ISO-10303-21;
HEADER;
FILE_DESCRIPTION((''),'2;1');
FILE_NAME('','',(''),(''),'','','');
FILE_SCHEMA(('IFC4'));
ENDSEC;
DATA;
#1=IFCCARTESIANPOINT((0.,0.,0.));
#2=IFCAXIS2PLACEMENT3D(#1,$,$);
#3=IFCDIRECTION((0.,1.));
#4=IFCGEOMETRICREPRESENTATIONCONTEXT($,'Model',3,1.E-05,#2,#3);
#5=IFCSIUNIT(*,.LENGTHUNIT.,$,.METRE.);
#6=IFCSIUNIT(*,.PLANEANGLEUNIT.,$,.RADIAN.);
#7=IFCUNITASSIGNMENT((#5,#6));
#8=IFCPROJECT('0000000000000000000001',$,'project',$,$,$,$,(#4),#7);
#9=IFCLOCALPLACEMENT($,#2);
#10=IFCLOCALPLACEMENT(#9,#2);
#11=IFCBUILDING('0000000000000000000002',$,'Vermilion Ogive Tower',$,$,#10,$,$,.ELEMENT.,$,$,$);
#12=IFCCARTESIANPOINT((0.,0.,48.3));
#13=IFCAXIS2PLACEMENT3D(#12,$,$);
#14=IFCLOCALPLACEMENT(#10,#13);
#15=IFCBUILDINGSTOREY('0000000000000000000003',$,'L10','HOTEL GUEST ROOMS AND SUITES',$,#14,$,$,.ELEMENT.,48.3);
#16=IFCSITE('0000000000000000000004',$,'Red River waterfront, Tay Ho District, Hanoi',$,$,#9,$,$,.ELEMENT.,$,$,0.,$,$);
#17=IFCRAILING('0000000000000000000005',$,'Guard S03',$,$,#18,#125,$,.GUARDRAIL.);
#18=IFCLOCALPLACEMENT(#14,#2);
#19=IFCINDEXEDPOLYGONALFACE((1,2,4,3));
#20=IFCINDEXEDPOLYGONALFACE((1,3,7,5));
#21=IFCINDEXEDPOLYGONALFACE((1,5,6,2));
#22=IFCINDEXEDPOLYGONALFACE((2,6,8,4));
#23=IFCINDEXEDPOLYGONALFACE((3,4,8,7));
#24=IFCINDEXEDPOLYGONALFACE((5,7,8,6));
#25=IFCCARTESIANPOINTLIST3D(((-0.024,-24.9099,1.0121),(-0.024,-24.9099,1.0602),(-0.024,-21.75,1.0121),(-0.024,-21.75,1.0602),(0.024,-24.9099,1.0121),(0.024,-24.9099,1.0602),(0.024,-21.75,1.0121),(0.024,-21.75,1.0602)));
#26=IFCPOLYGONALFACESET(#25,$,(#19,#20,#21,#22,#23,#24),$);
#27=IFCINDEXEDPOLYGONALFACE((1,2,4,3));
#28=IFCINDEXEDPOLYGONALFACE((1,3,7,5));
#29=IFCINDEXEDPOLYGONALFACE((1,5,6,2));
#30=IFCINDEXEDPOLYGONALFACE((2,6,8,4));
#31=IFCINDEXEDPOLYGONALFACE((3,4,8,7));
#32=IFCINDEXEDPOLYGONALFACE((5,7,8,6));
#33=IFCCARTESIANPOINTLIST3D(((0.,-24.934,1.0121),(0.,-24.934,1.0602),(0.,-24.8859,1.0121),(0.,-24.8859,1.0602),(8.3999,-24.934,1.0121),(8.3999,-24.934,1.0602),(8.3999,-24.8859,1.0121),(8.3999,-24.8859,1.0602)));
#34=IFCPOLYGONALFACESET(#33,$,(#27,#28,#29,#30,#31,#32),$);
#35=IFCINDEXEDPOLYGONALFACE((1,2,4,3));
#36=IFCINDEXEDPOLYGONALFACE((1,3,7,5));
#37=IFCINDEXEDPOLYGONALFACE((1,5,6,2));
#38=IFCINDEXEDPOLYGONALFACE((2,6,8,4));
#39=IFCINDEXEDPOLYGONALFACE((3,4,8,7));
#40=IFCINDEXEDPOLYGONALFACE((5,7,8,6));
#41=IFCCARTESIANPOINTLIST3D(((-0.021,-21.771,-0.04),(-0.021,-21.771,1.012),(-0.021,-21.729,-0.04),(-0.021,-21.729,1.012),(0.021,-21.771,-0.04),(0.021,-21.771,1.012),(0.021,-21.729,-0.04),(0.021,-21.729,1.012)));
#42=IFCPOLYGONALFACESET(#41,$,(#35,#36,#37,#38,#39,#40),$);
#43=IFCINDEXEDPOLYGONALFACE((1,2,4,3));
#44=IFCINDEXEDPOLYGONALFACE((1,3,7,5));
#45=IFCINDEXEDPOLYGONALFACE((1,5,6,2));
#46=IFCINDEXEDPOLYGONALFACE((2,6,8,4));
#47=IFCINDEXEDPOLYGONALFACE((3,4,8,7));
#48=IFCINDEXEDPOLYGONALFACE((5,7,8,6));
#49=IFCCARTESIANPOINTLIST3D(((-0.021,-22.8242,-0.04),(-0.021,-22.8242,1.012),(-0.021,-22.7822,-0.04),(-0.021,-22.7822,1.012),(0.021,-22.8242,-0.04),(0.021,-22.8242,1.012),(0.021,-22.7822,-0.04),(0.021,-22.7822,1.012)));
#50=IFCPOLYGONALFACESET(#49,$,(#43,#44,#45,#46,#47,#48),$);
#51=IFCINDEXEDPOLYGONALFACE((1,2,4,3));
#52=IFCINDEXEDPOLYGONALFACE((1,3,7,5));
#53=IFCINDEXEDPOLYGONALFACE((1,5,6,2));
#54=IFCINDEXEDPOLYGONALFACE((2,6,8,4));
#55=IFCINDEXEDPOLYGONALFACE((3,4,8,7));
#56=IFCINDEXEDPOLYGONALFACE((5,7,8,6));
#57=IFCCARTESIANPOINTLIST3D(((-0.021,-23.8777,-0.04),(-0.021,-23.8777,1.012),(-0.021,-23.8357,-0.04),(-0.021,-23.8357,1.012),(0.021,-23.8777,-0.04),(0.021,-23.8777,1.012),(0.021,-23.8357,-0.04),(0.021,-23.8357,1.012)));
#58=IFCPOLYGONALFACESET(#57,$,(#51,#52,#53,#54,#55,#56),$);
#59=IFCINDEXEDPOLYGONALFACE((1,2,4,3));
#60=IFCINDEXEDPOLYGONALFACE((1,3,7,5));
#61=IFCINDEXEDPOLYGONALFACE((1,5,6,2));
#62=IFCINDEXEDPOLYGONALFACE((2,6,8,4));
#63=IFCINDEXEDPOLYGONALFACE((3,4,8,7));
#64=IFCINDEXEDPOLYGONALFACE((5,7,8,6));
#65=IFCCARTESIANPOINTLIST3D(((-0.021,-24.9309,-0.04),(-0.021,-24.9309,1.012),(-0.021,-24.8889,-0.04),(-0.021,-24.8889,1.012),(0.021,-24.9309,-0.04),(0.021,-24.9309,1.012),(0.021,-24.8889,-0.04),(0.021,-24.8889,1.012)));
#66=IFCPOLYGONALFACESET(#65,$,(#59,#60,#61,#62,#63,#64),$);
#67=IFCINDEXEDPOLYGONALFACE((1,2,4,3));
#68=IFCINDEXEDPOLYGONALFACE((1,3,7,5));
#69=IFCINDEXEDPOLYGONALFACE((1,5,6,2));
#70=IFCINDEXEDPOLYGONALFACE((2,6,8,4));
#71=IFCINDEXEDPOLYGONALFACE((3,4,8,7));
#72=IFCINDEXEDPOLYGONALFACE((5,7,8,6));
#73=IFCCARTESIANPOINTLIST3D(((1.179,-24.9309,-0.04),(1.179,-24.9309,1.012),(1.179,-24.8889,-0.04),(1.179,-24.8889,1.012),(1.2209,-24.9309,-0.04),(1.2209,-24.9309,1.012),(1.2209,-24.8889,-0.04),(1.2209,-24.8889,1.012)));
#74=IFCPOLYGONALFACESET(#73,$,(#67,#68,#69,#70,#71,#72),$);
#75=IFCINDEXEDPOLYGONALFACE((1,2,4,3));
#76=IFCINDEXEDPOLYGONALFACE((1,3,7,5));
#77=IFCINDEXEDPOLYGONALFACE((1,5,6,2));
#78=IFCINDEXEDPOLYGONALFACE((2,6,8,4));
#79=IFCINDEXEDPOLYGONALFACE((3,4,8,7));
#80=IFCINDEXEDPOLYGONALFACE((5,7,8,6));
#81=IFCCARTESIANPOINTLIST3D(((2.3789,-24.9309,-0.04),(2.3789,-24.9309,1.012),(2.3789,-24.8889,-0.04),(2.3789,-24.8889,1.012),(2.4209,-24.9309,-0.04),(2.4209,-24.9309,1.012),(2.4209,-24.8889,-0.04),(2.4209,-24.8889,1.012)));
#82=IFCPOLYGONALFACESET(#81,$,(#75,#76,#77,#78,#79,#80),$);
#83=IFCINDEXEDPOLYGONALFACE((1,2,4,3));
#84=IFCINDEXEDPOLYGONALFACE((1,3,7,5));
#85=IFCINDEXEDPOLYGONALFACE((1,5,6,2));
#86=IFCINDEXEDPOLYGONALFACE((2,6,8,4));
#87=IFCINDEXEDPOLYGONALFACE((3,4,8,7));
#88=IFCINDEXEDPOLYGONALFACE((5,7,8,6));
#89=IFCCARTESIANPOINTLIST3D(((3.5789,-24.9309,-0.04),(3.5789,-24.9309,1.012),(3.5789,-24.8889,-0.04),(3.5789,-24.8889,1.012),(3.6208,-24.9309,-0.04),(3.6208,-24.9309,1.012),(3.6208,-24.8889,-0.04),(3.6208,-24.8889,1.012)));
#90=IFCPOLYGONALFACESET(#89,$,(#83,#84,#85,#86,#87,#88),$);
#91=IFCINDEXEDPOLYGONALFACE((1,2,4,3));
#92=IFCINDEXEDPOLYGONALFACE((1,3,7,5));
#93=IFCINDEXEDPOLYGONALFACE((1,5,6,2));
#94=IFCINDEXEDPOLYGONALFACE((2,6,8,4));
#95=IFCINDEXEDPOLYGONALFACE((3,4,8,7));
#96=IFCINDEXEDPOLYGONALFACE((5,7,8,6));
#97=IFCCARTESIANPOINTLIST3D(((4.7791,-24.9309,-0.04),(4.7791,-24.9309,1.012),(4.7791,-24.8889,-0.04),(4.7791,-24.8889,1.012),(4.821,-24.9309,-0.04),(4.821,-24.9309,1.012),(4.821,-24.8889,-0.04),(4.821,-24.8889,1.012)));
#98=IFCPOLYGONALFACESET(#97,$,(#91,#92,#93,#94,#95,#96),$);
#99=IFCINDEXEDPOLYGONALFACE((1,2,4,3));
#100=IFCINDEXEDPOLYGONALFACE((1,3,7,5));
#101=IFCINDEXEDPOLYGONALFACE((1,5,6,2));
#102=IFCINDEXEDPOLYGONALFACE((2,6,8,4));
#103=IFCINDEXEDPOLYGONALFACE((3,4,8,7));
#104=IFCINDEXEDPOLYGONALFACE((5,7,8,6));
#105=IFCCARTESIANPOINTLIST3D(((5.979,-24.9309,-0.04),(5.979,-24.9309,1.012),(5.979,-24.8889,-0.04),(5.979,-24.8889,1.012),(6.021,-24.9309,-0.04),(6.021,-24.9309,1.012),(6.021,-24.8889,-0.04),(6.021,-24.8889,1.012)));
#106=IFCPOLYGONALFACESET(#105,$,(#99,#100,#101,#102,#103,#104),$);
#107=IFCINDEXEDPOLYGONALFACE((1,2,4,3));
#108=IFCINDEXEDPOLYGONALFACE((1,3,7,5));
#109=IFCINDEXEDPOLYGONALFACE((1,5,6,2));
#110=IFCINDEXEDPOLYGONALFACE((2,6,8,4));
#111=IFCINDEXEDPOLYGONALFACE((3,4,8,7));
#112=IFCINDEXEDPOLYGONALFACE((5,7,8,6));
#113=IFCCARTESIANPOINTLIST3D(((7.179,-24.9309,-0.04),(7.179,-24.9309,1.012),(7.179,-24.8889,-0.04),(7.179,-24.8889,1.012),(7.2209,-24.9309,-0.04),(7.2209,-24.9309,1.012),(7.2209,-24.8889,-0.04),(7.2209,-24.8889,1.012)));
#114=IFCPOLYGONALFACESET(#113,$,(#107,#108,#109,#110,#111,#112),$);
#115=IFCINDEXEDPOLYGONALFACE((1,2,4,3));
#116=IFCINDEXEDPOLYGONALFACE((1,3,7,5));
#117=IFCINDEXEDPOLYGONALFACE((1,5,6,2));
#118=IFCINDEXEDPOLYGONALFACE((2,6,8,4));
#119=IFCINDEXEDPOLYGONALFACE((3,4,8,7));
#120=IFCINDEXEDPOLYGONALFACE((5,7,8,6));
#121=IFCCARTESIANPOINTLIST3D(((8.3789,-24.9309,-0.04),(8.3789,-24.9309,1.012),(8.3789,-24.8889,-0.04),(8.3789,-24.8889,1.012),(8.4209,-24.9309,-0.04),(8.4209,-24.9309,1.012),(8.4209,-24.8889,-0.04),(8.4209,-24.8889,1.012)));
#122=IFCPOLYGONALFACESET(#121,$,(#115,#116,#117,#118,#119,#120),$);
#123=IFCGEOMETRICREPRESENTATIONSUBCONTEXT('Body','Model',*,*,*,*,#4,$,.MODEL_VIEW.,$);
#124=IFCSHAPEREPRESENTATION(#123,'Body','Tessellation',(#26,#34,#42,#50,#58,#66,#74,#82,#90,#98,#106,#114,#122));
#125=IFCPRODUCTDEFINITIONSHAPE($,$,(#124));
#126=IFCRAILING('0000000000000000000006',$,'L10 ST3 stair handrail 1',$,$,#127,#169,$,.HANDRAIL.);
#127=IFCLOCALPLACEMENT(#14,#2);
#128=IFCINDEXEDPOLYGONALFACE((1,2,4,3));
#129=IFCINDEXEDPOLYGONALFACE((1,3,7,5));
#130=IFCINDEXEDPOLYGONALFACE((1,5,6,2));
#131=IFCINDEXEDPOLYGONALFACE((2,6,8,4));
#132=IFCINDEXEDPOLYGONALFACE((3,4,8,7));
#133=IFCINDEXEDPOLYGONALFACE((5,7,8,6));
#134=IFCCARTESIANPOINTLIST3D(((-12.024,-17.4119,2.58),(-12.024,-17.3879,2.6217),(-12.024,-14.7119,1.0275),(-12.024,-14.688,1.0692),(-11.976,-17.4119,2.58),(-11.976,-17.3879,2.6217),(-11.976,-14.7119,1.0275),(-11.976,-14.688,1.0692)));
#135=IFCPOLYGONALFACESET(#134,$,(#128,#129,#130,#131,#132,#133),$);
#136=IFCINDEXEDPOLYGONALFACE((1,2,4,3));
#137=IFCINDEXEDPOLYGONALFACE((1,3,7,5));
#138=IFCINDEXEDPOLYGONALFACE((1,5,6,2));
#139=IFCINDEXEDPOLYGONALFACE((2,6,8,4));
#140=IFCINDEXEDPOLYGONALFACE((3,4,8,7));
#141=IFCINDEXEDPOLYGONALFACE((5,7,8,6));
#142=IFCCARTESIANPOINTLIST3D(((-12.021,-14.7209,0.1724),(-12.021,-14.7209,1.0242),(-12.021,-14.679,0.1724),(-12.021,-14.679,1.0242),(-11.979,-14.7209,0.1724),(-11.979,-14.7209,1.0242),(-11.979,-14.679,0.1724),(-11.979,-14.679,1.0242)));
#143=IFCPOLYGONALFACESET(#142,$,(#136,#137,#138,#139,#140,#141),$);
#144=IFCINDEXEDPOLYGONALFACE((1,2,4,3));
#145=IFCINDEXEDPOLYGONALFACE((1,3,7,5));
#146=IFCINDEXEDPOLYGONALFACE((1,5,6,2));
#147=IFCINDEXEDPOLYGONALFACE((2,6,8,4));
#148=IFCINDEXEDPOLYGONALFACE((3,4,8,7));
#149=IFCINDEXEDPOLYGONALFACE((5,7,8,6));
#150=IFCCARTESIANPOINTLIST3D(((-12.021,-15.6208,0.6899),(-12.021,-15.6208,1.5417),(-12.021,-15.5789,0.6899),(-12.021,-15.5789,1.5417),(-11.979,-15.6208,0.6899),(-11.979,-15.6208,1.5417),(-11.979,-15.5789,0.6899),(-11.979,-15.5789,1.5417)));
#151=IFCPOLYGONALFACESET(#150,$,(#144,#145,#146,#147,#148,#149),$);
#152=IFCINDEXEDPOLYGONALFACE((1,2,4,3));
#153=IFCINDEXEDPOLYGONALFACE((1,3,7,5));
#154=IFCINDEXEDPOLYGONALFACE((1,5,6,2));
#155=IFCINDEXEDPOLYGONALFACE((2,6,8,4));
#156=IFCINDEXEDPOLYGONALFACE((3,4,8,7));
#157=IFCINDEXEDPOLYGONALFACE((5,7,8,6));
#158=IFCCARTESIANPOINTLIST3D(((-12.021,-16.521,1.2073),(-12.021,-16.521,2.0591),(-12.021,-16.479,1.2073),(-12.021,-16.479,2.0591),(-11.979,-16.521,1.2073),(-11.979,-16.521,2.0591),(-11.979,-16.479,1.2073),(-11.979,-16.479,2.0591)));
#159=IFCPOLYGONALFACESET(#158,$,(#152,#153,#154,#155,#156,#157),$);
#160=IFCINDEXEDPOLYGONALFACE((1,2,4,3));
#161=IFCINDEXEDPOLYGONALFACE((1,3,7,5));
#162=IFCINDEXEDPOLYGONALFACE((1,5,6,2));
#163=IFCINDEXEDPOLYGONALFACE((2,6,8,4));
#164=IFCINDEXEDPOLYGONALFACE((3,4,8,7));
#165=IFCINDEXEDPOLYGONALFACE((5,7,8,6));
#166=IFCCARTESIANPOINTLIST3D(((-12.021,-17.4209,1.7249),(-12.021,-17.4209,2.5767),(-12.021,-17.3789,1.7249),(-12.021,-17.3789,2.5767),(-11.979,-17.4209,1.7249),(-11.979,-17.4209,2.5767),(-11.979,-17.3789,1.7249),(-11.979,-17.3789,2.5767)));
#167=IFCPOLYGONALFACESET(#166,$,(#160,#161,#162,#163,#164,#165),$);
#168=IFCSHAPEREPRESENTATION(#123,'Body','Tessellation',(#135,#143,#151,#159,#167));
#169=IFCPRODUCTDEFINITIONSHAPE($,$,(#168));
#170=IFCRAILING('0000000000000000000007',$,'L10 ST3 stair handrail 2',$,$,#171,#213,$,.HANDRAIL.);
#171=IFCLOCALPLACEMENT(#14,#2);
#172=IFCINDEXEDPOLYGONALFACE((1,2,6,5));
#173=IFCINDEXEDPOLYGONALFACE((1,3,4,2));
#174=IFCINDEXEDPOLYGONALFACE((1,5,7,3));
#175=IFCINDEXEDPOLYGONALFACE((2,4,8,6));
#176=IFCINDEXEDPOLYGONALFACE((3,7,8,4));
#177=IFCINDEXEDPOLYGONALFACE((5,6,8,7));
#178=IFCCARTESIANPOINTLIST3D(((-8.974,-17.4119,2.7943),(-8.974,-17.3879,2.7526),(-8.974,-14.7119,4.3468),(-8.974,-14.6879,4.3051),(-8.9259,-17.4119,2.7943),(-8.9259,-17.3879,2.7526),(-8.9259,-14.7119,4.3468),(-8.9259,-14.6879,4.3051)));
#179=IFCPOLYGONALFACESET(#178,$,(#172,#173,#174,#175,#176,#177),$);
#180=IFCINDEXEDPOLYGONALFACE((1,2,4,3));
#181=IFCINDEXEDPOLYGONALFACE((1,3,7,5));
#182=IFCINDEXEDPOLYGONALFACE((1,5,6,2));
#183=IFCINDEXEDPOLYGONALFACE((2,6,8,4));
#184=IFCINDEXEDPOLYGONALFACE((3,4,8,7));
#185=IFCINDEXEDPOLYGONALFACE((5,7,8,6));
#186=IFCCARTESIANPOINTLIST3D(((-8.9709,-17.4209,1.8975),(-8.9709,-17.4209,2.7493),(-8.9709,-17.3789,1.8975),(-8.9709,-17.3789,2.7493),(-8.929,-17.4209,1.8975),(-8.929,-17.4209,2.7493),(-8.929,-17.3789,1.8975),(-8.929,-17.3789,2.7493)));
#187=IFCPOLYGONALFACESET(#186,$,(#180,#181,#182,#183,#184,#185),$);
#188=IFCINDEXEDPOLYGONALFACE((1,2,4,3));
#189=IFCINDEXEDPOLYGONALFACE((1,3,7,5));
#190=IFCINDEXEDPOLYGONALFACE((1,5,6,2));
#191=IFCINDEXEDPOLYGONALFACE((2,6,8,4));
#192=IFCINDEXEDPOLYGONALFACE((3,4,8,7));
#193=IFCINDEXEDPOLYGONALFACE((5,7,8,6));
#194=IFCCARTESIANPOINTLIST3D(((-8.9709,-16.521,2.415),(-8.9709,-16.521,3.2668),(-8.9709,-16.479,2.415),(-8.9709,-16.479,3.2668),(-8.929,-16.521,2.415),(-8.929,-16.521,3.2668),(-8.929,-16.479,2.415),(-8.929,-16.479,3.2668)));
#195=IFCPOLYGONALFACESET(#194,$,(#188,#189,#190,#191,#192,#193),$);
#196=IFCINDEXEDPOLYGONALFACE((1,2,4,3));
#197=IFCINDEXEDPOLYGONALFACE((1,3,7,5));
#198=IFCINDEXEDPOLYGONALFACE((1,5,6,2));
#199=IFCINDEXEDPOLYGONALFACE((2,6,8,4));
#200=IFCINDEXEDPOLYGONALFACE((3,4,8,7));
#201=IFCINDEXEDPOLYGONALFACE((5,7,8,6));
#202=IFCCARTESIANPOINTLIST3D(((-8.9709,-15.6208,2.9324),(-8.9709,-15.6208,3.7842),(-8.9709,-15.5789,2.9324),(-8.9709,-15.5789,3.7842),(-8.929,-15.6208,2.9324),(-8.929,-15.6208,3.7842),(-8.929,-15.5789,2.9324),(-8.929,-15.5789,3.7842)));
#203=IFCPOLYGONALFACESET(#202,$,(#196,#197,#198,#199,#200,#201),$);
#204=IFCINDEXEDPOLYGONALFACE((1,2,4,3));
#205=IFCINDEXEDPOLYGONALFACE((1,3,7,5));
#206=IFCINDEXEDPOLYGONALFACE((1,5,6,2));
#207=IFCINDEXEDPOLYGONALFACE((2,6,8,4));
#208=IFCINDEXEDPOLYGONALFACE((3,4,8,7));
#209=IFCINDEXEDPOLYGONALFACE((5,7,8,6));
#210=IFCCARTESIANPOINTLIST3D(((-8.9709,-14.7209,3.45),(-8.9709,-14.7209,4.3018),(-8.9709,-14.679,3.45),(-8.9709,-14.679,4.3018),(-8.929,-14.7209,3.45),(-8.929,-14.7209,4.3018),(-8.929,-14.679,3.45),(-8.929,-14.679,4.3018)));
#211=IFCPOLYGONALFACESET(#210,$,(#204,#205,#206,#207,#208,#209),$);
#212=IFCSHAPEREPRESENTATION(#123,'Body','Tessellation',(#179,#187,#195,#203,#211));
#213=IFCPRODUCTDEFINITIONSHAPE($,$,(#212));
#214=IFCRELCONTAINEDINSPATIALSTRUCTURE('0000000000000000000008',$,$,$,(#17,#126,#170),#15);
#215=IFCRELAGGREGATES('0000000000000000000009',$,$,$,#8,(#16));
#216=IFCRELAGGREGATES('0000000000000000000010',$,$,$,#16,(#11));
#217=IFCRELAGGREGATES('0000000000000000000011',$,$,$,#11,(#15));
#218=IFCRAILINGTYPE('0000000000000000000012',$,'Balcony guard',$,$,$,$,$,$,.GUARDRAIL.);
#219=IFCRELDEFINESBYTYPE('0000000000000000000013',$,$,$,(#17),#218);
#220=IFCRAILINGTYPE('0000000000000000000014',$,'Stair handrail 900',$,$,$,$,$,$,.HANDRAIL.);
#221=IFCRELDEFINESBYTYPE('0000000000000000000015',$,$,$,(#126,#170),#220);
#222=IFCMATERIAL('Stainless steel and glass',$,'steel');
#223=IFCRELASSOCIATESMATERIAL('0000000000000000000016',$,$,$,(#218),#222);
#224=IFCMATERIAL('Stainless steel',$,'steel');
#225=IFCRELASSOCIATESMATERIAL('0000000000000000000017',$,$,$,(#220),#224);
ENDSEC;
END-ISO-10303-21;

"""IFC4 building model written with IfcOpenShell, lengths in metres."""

from ifc_helpers import new_model, si_unit, direction, frame, origin, origin_2d, place, context, subcontext, project, spatial, rectangle, extrude, material, type_object, element, save


model = new_model("IFC4")

# Units and contexts
model_context = context("Model", 3, precision=1e-05, world=origin(), true_north=direction((0.0, 1.0)))
body_context = subcontext(model_context, "Body", "Model", "MODEL_VIEW")
ifc_project = project(units=[si_unit("LENGTHUNIT", "METRE"), si_unit("PLANEANGLEUNIT", "RADIAN")], contexts=[model_context])

# Site, building, storey
site_placement = place(None, origin())
site = spatial("IfcSite", under=ifc_project, at=site_placement, Name="Red River waterfront, Tay Ho District, Hanoi", CompositionType="ELEMENT", RefElevation=0.0)
building_placement = place(site_placement, origin())
building = spatial("IfcBuilding", under=site, at=building_placement, Name="Vermilion Ogive Tower", CompositionType="ELEMENT")
storey_placement = place(building_placement, frame((0.0, 0.0, 48.3)))
storey = spatial("IfcBuildingStorey", under=building, at=storey_placement, Name="L10", Description="HOTEL GUEST ROOMS AND SUITES", CompositionType="ELEMENT", Elevation=48.3)

# Railings
ifc_material_1 = material(Name="Stainless steel and glass", Category="steel")
railing_type_1 = type_object("IfcRailingType", Name="Balcony guard", PredefinedType="GUARDRAIL", material=ifc_material_1)
railing_1_placement = place(storey_placement, frame((0.0, -21.75, -0.04)))
element("IfcRailing", 1, at=railing_1_placement, inside=storey, type_object=railing_type_1, Name="Guard S03", PredefinedType="GUARDRAIL", context=body_context, shape_type="SweptSolid", body=[
    extrude(rectangle(XDim=0.0481, YDim=0.0481, at=origin_2d()), frame((0.0, 0.0, 1.0762), z_axis=(0.0, -1.0, 0.0), x_axis=(1.0, 0.0, 0.0)), (0.0, 0.0, 1.0), 3.1599),
    extrude(rectangle(XDim=0.0481, YDim=0.0481, at=origin_2d()), frame((0.0, -3.1599, 1.0762), z_axis=(1.0, 0.0, 0.0), x_axis=(0.0, 1.0, 0.0)), (0.0, 0.0, 1.0), 8.3999),
    extrude(rectangle(XDim=0.042, YDim=0.042, at=origin_2d()), origin(), (0.0, 0.0, 1.0), 1.052),
    extrude(rectangle(XDim=0.042, YDim=0.042, at=origin_2d()), frame((0.0, -1.0532, 0.0)), (0.0, 0.0, 1.0), 1.052),
    extrude(rectangle(XDim=0.042, YDim=0.042, at=origin_2d()), frame((0.0, -2.1067, 0.0)), (0.0, 0.0, 1.0), 1.052),
    extrude(rectangle(XDim=0.042, YDim=0.042, at=origin_2d()), frame((0.0, -3.1599, 0.0)), (0.0, 0.0, 1.0), 1.052),
    extrude(rectangle(XDim=0.042, YDim=0.042, at=origin_2d()), frame((1.2, -3.1599, 0.0)), (0.0, 0.0, 1.0), 1.052),
    extrude(rectangle(XDim=0.042, YDim=0.042, at=origin_2d()), frame((2.3999, -3.1599, 0.0)), (0.0, 0.0, 1.0), 1.052),
    extrude(rectangle(XDim=0.042, YDim=0.042, at=origin_2d()), frame((3.5999, -3.1599, 0.0)), (0.0, 0.0, 1.0), 1.052),
    extrude(rectangle(XDim=0.042, YDim=0.042, at=origin_2d()), frame((4.8, -3.1599, 0.0)), (0.0, 0.0, 1.0), 1.052),
    extrude(rectangle(XDim=0.042, YDim=0.042, at=origin_2d()), frame((6.0, -3.1599, 0.0)), (0.0, 0.0, 1.0), 1.052),
    extrude(rectangle(XDim=0.042, YDim=0.042, at=origin_2d()), frame((7.2, -3.1599, 0.0)), (0.0, 0.0, 1.0), 1.052),
    extrude(rectangle(XDim=0.042, YDim=0.042, at=origin_2d()), frame((8.3999, -3.1599, 0.0)), (0.0, 0.0, 1.0), 1.052),
])
ifc_material_2 = material(Name="Stainless steel", Category="steel")
railing_type_2 = type_object("IfcRailingType", Name="Stair handrail 900", PredefinedType="HANDRAIL", material=ifc_material_2)
railing_2_placement = place(storey_placement, frame((-12.0, -14.7, 0.1724)))
element("IfcRailing", 2, at=railing_2_placement, inside=storey, type_object=railing_type_2, Name="L10 ST3 stair handrail 1", PredefinedType="HANDRAIL", context=body_context, shape_type="SweptSolid", body=[
    extrude(rectangle(XDim=0.0481, YDim=0.0481, at=origin_2d()), frame((0.0, 0.0, 0.876), z_axis=(0.0, -0.866904, 0.498476), x_axis=(1.0, 0.0, 0.0)), (0.0, 0.0, 1.0), 3.1145),
    extrude(rectangle(XDim=0.042, YDim=0.042, at=origin_2d()), origin(), (0.0, 0.0, 1.0), 0.8518),
    extrude(rectangle(XDim=0.042, YDim=0.042, at=origin_2d()), frame((0.0, -0.8999, 0.5176)), (0.0, 0.0, 1.0), 0.8518),
    extrude(rectangle(XDim=0.042, YDim=0.042, at=origin_2d()), frame((0.0, -1.8, 1.0349)), (0.0, 0.0, 1.0), 0.8518),
    extrude(rectangle(XDim=0.042, YDim=0.042, at=origin_2d()), frame((0.0, -2.7, 1.5525)), (0.0, 0.0, 1.0), 0.8518),
])
railing_3_placement = place(storey_placement, frame((-8.95, -17.3999, 1.8975)))
element("IfcRailing", 3, at=railing_3_placement, inside=storey, type_object=railing_type_2, Name="L10 ST3 stair handrail 2", PredefinedType="HANDRAIL", context=body_context, shape_type="SweptSolid", body=[
    extrude(rectangle(XDim=0.0481, YDim=0.0481, at=origin_2d()), frame((0.0, 0.0, 0.876), z_axis=(0.0, 0.866904, 0.498476), x_axis=(-1.0, 0.0, 0.0)), (0.0, 0.0, 1.0), 3.1145),
    extrude(rectangle(XDim=0.042, YDim=0.042, at=origin_2d()), origin(), (0.0, 0.0, 1.0), 0.8518),
    extrude(rectangle(XDim=0.042, YDim=0.042, at=origin_2d()), frame((0.0, 0.8999, 0.5176)), (0.0, 0.0, 1.0), 0.8518),
    extrude(rectangle(XDim=0.042, YDim=0.042, at=origin_2d()), frame((0.0, 1.8, 1.0349)), (0.0, 0.0, 1.0), 0.8518),
    extrude(rectangle(XDim=0.042, YDim=0.042, at=origin_2d()), frame((0.0, 2.7, 1.5525)), (0.0, 0.0, 1.0), 0.8518),
])

save(model, "model.ifc")
